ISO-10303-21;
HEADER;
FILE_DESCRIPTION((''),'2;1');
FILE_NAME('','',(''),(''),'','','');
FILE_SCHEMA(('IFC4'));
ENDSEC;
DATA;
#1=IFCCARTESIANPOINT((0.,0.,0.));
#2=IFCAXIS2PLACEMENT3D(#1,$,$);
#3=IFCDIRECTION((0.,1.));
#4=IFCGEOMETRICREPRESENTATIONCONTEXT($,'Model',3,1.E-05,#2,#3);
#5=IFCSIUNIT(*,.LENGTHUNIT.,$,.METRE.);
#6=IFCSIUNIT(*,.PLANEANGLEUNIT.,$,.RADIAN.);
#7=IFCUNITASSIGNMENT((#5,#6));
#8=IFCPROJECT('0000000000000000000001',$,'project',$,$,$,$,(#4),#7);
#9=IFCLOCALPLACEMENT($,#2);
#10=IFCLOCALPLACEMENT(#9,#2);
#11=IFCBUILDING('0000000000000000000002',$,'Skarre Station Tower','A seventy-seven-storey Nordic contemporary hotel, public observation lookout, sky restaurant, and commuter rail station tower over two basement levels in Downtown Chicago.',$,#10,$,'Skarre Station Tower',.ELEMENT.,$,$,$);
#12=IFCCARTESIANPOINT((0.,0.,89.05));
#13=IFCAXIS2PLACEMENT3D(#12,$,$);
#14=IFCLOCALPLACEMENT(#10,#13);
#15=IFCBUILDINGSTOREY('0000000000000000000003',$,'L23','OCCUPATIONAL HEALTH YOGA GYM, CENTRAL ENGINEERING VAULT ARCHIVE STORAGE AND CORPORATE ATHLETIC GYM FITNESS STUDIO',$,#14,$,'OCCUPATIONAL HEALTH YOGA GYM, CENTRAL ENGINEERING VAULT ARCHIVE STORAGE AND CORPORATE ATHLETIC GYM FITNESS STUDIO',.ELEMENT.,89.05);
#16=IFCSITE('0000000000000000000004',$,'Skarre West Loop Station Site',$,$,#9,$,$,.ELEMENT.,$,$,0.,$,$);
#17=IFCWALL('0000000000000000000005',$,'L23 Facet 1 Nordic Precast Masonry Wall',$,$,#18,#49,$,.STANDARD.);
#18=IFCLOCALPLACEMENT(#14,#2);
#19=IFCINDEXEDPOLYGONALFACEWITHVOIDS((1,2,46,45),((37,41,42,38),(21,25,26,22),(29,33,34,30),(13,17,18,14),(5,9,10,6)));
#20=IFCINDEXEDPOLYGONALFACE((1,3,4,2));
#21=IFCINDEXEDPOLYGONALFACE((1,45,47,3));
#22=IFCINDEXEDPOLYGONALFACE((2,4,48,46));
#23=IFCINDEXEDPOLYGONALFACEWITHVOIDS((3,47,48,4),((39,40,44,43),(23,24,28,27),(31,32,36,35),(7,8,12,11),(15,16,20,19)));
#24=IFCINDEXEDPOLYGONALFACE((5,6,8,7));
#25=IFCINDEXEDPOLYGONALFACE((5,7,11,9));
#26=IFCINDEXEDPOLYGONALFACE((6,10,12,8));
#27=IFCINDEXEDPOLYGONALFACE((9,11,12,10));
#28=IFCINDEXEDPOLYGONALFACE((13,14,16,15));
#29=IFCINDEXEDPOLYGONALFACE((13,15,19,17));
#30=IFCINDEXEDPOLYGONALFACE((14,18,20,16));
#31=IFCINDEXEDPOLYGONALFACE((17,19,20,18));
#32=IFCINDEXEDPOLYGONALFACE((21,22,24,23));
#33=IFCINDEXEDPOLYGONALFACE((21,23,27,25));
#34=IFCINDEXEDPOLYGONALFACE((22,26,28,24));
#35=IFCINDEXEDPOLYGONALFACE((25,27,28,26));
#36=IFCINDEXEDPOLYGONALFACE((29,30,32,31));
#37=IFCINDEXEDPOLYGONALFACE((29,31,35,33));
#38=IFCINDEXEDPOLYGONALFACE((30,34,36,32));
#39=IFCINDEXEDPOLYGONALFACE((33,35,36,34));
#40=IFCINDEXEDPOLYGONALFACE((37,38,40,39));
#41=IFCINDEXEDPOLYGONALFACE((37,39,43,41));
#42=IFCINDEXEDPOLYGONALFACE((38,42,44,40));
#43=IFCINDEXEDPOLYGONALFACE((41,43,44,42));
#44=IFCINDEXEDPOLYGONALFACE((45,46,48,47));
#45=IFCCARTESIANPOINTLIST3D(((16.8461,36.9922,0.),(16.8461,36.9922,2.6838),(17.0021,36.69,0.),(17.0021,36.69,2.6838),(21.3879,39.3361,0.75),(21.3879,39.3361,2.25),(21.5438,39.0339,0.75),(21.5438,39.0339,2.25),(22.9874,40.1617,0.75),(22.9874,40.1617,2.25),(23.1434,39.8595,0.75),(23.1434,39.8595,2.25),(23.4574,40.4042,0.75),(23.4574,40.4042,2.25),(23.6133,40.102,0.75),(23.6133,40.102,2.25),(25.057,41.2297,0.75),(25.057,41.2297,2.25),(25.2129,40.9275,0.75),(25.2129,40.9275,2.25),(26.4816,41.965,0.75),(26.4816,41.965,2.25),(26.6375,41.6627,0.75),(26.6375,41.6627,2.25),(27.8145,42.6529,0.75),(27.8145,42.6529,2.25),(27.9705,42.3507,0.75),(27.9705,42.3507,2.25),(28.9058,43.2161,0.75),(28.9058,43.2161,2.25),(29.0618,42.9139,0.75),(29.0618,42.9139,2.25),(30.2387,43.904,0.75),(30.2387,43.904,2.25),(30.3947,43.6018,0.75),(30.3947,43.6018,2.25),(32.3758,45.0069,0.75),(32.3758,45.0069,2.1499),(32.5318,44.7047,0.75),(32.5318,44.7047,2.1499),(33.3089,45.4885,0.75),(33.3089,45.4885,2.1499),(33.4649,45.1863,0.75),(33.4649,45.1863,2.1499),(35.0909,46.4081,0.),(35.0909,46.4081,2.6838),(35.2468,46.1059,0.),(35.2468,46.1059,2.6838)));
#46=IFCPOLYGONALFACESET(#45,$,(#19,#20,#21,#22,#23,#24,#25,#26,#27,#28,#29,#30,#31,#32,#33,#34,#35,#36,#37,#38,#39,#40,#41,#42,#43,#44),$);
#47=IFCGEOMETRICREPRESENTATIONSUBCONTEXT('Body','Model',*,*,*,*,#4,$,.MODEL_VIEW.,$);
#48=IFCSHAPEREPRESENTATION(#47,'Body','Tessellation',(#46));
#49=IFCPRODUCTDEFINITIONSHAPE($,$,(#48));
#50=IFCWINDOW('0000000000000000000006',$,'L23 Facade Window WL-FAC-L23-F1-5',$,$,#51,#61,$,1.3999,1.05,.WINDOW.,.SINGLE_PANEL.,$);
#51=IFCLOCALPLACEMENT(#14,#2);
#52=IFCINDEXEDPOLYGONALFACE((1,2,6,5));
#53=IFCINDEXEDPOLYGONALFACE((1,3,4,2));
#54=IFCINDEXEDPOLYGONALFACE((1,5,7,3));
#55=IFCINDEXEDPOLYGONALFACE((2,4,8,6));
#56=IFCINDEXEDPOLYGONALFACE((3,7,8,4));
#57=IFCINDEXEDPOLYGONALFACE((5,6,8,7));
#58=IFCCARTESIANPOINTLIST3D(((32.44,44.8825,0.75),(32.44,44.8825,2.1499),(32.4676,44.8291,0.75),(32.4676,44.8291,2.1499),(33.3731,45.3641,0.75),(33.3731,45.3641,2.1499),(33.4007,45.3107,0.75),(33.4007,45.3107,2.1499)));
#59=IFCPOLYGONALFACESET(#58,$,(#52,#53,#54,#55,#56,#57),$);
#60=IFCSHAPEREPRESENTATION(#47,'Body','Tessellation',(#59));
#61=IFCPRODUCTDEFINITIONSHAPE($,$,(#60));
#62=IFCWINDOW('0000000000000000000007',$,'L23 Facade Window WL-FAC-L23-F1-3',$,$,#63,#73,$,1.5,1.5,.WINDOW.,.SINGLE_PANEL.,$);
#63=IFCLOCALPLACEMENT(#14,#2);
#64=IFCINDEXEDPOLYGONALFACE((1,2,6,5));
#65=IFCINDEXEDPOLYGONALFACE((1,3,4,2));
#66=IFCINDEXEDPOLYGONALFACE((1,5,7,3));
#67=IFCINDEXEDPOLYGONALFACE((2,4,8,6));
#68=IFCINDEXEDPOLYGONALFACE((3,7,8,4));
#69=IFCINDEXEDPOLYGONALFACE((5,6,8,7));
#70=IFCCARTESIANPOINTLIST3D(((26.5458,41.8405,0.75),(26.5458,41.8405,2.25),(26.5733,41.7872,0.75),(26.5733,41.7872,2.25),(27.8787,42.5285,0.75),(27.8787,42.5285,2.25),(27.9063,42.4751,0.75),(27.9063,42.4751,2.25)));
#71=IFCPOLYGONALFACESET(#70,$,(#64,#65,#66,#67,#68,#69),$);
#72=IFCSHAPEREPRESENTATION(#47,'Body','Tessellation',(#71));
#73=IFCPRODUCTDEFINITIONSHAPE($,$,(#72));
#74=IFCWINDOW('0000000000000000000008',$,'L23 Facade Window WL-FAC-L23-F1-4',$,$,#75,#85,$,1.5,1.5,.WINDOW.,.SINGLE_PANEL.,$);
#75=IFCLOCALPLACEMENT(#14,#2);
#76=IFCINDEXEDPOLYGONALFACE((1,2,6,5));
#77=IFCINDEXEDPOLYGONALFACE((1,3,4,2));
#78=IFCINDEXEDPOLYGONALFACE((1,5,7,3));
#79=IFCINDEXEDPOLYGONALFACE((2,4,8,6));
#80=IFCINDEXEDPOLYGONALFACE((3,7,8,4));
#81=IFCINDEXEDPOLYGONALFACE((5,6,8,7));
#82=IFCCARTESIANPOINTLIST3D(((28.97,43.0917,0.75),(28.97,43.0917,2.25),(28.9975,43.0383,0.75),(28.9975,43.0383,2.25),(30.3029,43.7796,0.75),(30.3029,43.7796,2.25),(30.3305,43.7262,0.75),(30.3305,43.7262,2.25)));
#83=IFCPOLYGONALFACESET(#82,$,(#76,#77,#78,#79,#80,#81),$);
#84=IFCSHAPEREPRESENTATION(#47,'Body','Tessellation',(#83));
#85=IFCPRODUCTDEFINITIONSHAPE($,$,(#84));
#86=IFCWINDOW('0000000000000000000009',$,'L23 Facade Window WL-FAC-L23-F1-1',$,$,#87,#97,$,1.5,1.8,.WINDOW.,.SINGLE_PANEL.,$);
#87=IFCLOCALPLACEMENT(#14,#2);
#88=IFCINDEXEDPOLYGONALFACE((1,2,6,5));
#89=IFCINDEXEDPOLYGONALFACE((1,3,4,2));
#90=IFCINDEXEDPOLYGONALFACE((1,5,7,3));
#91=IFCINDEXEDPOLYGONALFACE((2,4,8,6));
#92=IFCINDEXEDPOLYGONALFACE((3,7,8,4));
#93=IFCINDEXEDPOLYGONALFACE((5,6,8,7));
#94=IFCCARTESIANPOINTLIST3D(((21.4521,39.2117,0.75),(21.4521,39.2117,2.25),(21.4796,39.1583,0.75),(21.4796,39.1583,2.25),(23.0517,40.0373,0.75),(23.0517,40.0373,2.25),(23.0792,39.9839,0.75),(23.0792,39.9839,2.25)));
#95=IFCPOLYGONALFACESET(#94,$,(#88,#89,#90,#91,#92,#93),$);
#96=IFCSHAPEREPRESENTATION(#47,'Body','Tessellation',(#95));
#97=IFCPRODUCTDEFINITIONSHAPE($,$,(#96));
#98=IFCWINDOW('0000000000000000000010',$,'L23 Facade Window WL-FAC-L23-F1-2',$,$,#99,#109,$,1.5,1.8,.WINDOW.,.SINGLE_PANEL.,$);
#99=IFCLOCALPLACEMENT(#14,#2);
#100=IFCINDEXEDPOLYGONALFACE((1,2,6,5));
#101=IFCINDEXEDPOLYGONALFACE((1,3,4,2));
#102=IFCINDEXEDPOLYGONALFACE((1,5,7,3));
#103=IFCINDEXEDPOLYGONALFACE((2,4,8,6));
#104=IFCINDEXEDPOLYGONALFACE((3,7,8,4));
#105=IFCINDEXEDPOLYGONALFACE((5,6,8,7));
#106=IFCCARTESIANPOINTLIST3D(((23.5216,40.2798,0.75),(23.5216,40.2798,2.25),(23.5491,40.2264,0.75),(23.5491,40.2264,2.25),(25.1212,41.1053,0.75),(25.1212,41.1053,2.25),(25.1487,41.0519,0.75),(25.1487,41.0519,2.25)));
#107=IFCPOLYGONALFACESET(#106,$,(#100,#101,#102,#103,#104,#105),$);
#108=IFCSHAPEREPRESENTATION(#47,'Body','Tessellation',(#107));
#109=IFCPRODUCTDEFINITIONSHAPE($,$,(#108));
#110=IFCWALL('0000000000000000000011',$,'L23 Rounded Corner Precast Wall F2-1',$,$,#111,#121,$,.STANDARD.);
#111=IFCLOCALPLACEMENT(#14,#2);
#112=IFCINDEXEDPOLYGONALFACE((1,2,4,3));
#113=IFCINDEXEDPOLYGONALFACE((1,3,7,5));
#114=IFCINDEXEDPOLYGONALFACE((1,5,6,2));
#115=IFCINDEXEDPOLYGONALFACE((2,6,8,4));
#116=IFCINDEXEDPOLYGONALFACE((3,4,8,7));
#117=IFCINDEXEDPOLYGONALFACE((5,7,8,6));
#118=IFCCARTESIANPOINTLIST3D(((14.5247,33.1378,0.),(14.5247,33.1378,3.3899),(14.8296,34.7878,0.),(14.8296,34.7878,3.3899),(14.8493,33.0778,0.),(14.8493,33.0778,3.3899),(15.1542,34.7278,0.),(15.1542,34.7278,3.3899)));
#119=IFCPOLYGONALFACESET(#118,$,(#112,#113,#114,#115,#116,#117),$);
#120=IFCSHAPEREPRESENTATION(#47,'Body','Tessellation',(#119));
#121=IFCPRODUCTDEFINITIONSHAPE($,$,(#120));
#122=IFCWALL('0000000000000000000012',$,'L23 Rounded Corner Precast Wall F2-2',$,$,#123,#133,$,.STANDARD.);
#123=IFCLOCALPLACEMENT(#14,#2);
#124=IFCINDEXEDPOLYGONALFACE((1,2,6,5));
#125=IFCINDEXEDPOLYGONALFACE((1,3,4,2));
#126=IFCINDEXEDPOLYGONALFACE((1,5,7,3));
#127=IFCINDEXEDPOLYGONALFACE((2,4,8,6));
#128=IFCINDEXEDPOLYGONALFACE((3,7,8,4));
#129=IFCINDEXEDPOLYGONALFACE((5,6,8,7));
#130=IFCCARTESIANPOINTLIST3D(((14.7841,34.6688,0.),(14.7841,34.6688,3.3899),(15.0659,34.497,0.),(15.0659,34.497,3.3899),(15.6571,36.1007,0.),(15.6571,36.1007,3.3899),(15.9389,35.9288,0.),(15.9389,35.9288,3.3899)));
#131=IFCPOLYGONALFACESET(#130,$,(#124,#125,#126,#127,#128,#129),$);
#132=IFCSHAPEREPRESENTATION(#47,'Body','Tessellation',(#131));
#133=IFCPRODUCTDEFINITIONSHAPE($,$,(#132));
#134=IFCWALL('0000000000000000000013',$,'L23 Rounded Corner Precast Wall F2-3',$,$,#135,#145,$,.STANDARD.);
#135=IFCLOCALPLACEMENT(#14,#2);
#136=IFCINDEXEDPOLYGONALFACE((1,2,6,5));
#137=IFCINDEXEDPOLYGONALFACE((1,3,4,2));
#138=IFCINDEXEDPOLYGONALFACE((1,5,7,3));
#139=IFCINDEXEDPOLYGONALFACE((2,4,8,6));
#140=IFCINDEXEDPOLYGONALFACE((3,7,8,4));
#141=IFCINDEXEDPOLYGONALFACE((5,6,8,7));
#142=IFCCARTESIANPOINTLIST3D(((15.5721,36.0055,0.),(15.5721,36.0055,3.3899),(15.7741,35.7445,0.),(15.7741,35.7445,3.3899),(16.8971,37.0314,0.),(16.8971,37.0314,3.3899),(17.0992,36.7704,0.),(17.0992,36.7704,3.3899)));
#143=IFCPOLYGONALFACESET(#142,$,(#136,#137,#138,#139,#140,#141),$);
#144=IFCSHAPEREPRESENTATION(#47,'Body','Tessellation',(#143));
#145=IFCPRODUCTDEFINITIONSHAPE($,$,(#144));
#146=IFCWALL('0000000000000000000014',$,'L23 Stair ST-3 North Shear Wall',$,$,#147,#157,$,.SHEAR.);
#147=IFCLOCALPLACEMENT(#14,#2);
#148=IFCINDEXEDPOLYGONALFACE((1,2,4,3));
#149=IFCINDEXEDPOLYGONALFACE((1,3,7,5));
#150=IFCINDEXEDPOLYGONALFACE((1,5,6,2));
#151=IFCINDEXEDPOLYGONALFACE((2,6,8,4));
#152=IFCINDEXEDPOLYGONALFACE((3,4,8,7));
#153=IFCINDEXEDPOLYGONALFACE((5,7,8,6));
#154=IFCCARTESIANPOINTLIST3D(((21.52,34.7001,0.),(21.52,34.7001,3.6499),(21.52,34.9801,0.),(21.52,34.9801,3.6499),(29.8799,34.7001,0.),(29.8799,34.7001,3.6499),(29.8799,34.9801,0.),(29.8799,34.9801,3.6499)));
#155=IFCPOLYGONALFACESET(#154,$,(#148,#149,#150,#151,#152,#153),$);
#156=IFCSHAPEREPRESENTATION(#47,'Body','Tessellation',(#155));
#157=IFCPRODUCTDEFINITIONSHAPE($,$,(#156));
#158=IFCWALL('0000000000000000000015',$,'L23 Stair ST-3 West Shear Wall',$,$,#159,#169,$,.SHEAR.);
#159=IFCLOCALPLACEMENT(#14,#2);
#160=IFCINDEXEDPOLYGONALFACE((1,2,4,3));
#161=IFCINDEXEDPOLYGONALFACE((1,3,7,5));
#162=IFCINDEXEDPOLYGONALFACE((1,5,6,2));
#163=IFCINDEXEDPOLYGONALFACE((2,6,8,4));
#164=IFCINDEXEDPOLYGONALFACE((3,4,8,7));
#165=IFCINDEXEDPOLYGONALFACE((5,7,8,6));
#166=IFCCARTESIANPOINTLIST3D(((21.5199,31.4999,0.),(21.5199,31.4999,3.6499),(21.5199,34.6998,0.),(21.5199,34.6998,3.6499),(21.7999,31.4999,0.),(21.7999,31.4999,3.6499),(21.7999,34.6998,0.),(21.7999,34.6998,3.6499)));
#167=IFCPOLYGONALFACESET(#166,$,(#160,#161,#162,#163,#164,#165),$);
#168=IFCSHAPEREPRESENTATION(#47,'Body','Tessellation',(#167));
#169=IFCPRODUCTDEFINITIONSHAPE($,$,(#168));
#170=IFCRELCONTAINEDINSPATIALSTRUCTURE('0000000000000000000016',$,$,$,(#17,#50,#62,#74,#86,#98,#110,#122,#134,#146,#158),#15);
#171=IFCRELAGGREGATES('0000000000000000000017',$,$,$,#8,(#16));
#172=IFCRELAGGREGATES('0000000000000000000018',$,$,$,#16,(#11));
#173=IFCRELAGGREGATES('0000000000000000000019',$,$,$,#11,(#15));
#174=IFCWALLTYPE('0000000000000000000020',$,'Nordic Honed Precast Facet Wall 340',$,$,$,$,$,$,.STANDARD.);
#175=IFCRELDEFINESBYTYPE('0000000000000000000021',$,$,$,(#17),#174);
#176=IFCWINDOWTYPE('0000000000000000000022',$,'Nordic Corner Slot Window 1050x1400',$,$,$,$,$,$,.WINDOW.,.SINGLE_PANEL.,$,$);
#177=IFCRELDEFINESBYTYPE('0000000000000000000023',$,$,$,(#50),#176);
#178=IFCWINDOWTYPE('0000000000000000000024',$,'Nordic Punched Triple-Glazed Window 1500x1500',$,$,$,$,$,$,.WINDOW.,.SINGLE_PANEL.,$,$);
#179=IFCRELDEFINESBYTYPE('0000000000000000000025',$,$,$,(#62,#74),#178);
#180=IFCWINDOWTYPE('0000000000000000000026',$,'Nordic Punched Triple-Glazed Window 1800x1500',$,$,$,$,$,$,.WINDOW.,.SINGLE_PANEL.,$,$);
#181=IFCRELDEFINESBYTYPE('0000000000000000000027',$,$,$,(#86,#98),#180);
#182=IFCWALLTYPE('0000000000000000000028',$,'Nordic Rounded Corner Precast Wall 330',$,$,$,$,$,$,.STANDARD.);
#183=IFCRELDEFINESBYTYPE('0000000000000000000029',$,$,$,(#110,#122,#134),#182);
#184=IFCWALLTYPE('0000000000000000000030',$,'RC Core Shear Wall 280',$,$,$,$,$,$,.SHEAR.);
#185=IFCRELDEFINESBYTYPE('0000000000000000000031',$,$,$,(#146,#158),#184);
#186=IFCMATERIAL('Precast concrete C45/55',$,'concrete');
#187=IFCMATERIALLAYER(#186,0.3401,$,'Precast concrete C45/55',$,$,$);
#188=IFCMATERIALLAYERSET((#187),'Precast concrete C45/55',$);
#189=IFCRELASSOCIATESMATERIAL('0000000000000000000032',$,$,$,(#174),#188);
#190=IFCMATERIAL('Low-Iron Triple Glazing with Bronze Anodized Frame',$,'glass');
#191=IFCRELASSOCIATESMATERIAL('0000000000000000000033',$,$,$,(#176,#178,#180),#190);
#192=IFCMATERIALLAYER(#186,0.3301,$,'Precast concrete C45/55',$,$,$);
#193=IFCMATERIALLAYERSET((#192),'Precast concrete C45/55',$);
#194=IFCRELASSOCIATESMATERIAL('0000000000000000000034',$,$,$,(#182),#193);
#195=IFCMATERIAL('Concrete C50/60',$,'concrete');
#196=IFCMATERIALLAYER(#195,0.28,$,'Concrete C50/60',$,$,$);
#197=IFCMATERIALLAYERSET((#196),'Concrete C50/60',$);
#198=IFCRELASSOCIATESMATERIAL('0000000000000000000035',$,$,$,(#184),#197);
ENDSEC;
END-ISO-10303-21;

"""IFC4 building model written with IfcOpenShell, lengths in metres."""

from ifc_helpers import new_model, si_unit, direction, frame, frame_2d, origin, place, context, subcontext, project, spatial, rectangle, extrude, material, layer, layer_set, type_object, element, fill, save


model = new_model("IFC4")

# Units and contexts
model_context = context("Model", 3, precision=1e-05, world=origin(), true_north=direction((0.0, 1.0)))
body_context = subcontext(model_context, "Body", "Model", "MODEL_VIEW")
ifc_project = project(units=[si_unit("LENGTHUNIT", "METRE"), si_unit("PLANEANGLEUNIT", "RADIAN")], contexts=[model_context])

# Site, building, storey
site_placement = place(None, origin())
site = spatial("IfcSite", under=ifc_project, at=site_placement, Name="Skarre West Loop Station Site", CompositionType="ELEMENT", RefElevation=0.0)
building_placement = place(site_placement, origin())
building = spatial("IfcBuilding", under=site, at=building_placement, Name="Skarre Station Tower", Description="A seventy-seven-storey Nordic contemporary hotel, public observation lookout, sky restaurant, and commuter rail station tower over two basement levels in Downtown Chicago.", LongName="Skarre Station Tower", CompositionType="ELEMENT")
storey_placement = place(building_placement, frame((0.0, 0.0, 89.05)))
storey = spatial("IfcBuildingStorey", under=building, at=storey_placement, Name="L23", Description="OCCUPATIONAL HEALTH YOGA GYM, CENTRAL ENGINEERING VAULT ARCHIVE STORAGE AND CORPORATE ATHLETIC GYM FITNESS STUDIO", LongName="OCCUPATIONAL HEALTH YOGA GYM, CENTRAL ENGINEERING VAULT ARCHIVE STORAGE AND CORPORATE ATHLETIC GYM FITNESS STUDIO", CompositionType="ELEMENT", Elevation=89.05)

# Wall, openings, windows
ifc_material_1 = material(Name="Precast concrete C45/55", Category="concrete")
ifc_layer_1 = layer(ifc_material_1, 0.3401, Name="Precast concrete C45/55")
ifc_layer_set_1 = layer_set([ifc_layer_1], Name="Precast concrete C45/55")
wall_type_1 = type_object("IfcWallType", Name="Nordic Honed Precast Facet Wall 340", PredefinedType="STANDARD", material=ifc_layer_set_1)
wall_1_placement = place(storey_placement, frame((16.9241, 36.8411, 0.0), z_axis=(0.0, 0.0, 1.0), x_axis=(0.888634, 0.458616, 0.0)))
wall_1 = element("IfcWall", 1, at=wall_1_placement, inside=storey, type_object=wall_type_1, Name="L23 Facet 1 Nordic Precast Masonry Wall", PredefinedType="STANDARD", context=body_context, shape_type="SweptSolid", body=[
    extrude(rectangle(XDim=20.5312, YDim=0.3401, at=frame_2d((10.2656, 0.0))), origin(), (0.0, 0.0, 1.0), 2.6838),
])
opening_1_placement = place(wall_1_placement, frame((5.1111, 0.0, 0.75)))
opening_1 = element("IfcOpeningElement", 2, at=opening_1_placement, cuts=wall_1, PredefinedType="OPENING", context=body_context, shape_type="SweptSolid", body=[
    extrude(rectangle(XDim=1.8, YDim=1.5, at=frame_2d((0.8999, 0.75))), frame((0.0, 0.1799, 0.0), z_axis=(0.0, -1.0, 0.0), x_axis=(1.0, 0.0, 0.0)), (0.0, 0.0, 1.0), 0.3601),
])
opening_2_placement = place(wall_1_placement, frame((7.4399, 0.0, 0.75)))
opening_2 = element("IfcOpeningElement", 3, at=opening_2_placement, cuts=wall_1, PredefinedType="OPENING", context=body_context, shape_type="SweptSolid", body=[
    extrude(rectangle(XDim=1.8, YDim=1.5, at=frame_2d((0.8999, 0.75))), frame((0.0, 0.1799, 0.0), z_axis=(0.0, -1.0, 0.0), x_axis=(1.0, 0.0, 0.0)), (0.0, 0.0, 1.0), 0.3601),
])
opening_3_placement = place(wall_1_placement, frame((10.843, 0.0, 0.75)))
opening_3 = element("IfcOpeningElement", 4, at=opening_3_placement, cuts=wall_1, PredefinedType="OPENING", context=body_context, shape_type="SweptSolid", body=[
    extrude(rectangle(XDim=1.5, YDim=1.5, at=frame_2d((0.75, 0.75))), frame((0.0, 0.1799, 0.0), z_axis=(0.0, -1.0, 0.0), x_axis=(1.0, 0.0, 0.0)), (0.0, 0.0, 1.0), 0.3601),
])
opening_4_placement = place(wall_1_placement, frame((13.571, 0.0, 0.75)))
opening_4 = element("IfcOpeningElement", 5, at=opening_4_placement, cuts=wall_1, PredefinedType="OPENING", context=body_context, shape_type="SweptSolid", body=[
    extrude(rectangle(XDim=1.5, YDim=1.5, at=frame_2d((0.75, 0.75))), frame((0.0, 0.1799, 0.0), z_axis=(0.0, -1.0, 0.0), x_axis=(1.0, 0.0, 0.0)), (0.0, 0.0, 1.0), 0.3601),
])
opening_5_placement = place(wall_1_placement, frame((17.4761, 0.0, 0.75)))
opening_5 = element("IfcOpeningElement", 6, at=opening_5_placement, cuts=wall_1, PredefinedType="OPENING", context=body_context, shape_type="SweptSolid", body=[
    extrude(rectangle(XDim=1.05, YDim=1.3999, at=frame_2d((0.5249, 0.7))), frame((0.0, 0.1799, 0.0), z_axis=(0.0, -1.0, 0.0), x_axis=(1.0, 0.0, 0.0)), (0.0, 0.0, 1.0), 0.3601),
])
ifc_material_2 = material(Name="Low-Iron Triple Glazing with Bronze Anodized Frame", Category="glass")
window_type_1 = type_object("IfcWindowType", Name="Nordic Corner Slot Window 1050x1400", PartitioningType="SINGLE_PANEL", PredefinedType="WINDOW", material=ifc_material_2)
window_1_placement = place(opening_5_placement, origin())
window_1 = element("IfcWindow", 7, at=window_1_placement, inside=storey, type_object=window_type_1, Name="L23 Facade Window WL-FAC-L23-F1-5", OverallHeight=1.3999, OverallWidth=1.05, PartitioningType="SINGLE_PANEL", PredefinedType="WINDOW", context=body_context, shape_type="SweptSolid", body=[
    extrude(rectangle(XDim=1.05, YDim=1.3999, at=frame_2d((0.5249, 0.7))), frame((0.0, 0.03, 0.0), z_axis=(0.0, -1.0, 0.0), x_axis=(1.0, 0.0, 0.0)), (0.0, 0.0, 1.0), 0.0601),
])
fill(opening_5, window_1)
window_type_2 = type_object("IfcWindowType", Name="Nordic Punched Triple-Glazed Window 1500x1500", PartitioningType="SINGLE_PANEL", PredefinedType="WINDOW", material=ifc_material_2)
window_2_placement = place(opening_3_placement, origin())
window_2 = element("IfcWindow", 8, at=window_2_placement, inside=storey, type_object=window_type_2, Name="L23 Facade Window WL-FAC-L23-F1-3", OverallHeight=1.5, OverallWidth=1.5, PartitioningType="SINGLE_PANEL", PredefinedType="WINDOW", context=body_context, shape_type="SweptSolid", body=[
    extrude(rectangle(XDim=1.5, YDim=1.5, at=frame_2d((0.75, 0.75))), frame((0.0, 0.03, 0.0), z_axis=(0.0, -1.0, 0.0), x_axis=(1.0, 0.0, 0.0)), (0.0, 0.0, 1.0), 0.0601),
])
fill(opening_3, window_2)
window_3_placement = place(opening_4_placement, origin())
window_3 = element("IfcWindow", 9, at=window_3_placement, inside=storey, type_object=window_type_2, Name="L23 Facade Window WL-FAC-L23-F1-4", OverallHeight=1.5, OverallWidth=1.5, PartitioningType="SINGLE_PANEL", PredefinedType="WINDOW", context=body_context, shape_type="SweptSolid", body=[
    extrude(rectangle(XDim=1.5, YDim=1.5, at=frame_2d((0.75, 0.75))), frame((0.0, 0.03, 0.0), z_axis=(0.0, -1.0, 0.0), x_axis=(1.0, 0.0, 0.0)), (0.0, 0.0, 1.0), 0.0601),
])
fill(opening_4, window_3)
window_type_3 = type_object("IfcWindowType", Name="Nordic Punched Triple-Glazed Window 1800x1500", PartitioningType="SINGLE_PANEL", PredefinedType="WINDOW", material=ifc_material_2)
window_4_placement = place(opening_1_placement, origin())
window_4 = element("IfcWindow", 10, at=window_4_placement, inside=storey, type_object=window_type_3, Name="L23 Facade Window WL-FAC-L23-F1-1", OverallHeight=1.5, OverallWidth=1.8, PartitioningType="SINGLE_PANEL", PredefinedType="WINDOW", context=body_context, shape_type="SweptSolid", body=[
    extrude(rectangle(XDim=1.8, YDim=1.5, at=frame_2d((0.8999, 0.75))), frame((0.0, 0.03, 0.0), z_axis=(0.0, -1.0, 0.0), x_axis=(1.0, 0.0, 0.0)), (0.0, 0.0, 1.0), 0.0601),
])
fill(opening_1, window_4)
window_5_placement = place(opening_2_placement, origin())
window_5 = element("IfcWindow", 11, at=window_5_placement, inside=storey, type_object=window_type_3, Name="L23 Facade Window WL-FAC-L23-F1-2", OverallHeight=1.5, OverallWidth=1.8, PartitioningType="SINGLE_PANEL", PredefinedType="WINDOW", context=body_context, shape_type="SweptSolid", body=[
    extrude(rectangle(XDim=1.8, YDim=1.5, at=frame_2d((0.8999, 0.75))), frame((0.0, 0.03, 0.0), z_axis=(0.0, -1.0, 0.0), x_axis=(1.0, 0.0, 0.0)), (0.0, 0.0, 1.0), 0.0601),
])
fill(opening_2, window_5)

# Walls
ifc_layer_2 = layer(ifc_material_1, 0.3301, Name="Precast concrete C45/55")
ifc_layer_set_2 = layer_set([ifc_layer_2], Name="Precast concrete C45/55")
wall_type_2 = type_object("IfcWallType", Name="Nordic Rounded Corner Precast Wall 330", PredefinedType="STANDARD", material=ifc_layer_set_2)
wall_2_placement = place(storey_placement, frame((14.687, 33.1079, 0.0), z_axis=(0.0, 0.0, 1.0), x_axis=(0.181714, 0.983351, 0.0)))
element("IfcWall", 12, at=wall_2_placement, inside=storey, type_object=wall_type_2, Name="L23 Rounded Corner Precast Wall F2-1", PredefinedType="STANDARD", context=body_context, shape_type="SweptSolid", body=[
    extrude(rectangle(XDim=1.678, YDim=0.3301, at=frame_2d((0.8389, 0.0))), origin(), (0.0, 0.0, 1.0), 3.3899),
])
wall_3_placement = place(storey_placement, frame((14.925, 34.583, 0.0), z_axis=(0.0, 0.0, 1.0), x_axis=(0.520584, 0.85381, 0.0)))
element("IfcWall", 13, at=wall_3_placement, inside=storey, type_object=wall_type_2, Name="L23 Rounded Corner Precast Wall F2-2", PredefinedType="STANDARD", context=body_context, shape_type="SweptSolid", body=[
    extrude(rectangle(XDim=1.677, YDim=0.3301, at=frame_2d((0.8384, 0.0))), origin(), (0.0, 0.0, 1.0), 3.3899),
])
wall_4_placement = place(storey_placement, frame((15.6731, 35.875, 0.0), z_axis=(0.0, 0.0, 1.0), x_axis=(0.790692, 0.612214, 0.0)))
element("IfcWall", 14, at=wall_4_placement, inside=storey, type_object=wall_type_2, Name="L23 Rounded Corner Precast Wall F2-3", PredefinedType="STANDARD", context=body_context, shape_type="SweptSolid", body=[
    extrude(rectangle(XDim=1.6758, YDim=0.3301, at=frame_2d((0.8379, 0.0))), origin(), (0.0, 0.0, 1.0), 3.3899),
])
ifc_material_3 = material(Name="Concrete C50/60", Category="concrete")
ifc_layer_3 = layer(ifc_material_3, 0.28, Name="Concrete C50/60")
ifc_layer_set_3 = layer_set([ifc_layer_3], Name="Concrete C50/60")
wall_type_3 = type_object("IfcWallType", Name="RC Core Shear Wall 280", PredefinedType="SHEAR", material=ifc_layer_set_3)
wall_5_placement = place(storey_placement, frame((29.8799, 34.8401, 0.0), z_axis=(0.0, 0.0, 1.0), x_axis=(-1.0, 0.0, 0.0)))
element("IfcWall", 15, at=wall_5_placement, inside=storey, type_object=wall_type_3, Name="L23 Stair ST-3 North Shear Wall", PredefinedType="SHEAR", context=body_context, shape_type="SweptSolid", body=[
    extrude(rectangle(XDim=8.3599, YDim=0.28, at=frame_2d((4.1799, 0.0))), origin(), (0.0, 0.0, 1.0), 3.6499),
])
wall_6_placement = place(storey_placement, frame((21.6599, 34.7, 0.0), z_axis=(0.0, 0.0, 1.0), x_axis=(0.0, -1.0, 0.0)))
element("IfcWall", 16, at=wall_6_placement, inside=storey, type_object=wall_type_3, Name="L23 Stair ST-3 West Shear Wall", PredefinedType="SHEAR", context=body_context, shape_type="SweptSolid", body=[
    extrude(rectangle(XDim=3.2, YDim=0.28, at=frame_2d((1.6001, 0.0))), origin(), (0.0, 0.0, 1.0), 3.6499),
])

save(model, "model.ifc")
